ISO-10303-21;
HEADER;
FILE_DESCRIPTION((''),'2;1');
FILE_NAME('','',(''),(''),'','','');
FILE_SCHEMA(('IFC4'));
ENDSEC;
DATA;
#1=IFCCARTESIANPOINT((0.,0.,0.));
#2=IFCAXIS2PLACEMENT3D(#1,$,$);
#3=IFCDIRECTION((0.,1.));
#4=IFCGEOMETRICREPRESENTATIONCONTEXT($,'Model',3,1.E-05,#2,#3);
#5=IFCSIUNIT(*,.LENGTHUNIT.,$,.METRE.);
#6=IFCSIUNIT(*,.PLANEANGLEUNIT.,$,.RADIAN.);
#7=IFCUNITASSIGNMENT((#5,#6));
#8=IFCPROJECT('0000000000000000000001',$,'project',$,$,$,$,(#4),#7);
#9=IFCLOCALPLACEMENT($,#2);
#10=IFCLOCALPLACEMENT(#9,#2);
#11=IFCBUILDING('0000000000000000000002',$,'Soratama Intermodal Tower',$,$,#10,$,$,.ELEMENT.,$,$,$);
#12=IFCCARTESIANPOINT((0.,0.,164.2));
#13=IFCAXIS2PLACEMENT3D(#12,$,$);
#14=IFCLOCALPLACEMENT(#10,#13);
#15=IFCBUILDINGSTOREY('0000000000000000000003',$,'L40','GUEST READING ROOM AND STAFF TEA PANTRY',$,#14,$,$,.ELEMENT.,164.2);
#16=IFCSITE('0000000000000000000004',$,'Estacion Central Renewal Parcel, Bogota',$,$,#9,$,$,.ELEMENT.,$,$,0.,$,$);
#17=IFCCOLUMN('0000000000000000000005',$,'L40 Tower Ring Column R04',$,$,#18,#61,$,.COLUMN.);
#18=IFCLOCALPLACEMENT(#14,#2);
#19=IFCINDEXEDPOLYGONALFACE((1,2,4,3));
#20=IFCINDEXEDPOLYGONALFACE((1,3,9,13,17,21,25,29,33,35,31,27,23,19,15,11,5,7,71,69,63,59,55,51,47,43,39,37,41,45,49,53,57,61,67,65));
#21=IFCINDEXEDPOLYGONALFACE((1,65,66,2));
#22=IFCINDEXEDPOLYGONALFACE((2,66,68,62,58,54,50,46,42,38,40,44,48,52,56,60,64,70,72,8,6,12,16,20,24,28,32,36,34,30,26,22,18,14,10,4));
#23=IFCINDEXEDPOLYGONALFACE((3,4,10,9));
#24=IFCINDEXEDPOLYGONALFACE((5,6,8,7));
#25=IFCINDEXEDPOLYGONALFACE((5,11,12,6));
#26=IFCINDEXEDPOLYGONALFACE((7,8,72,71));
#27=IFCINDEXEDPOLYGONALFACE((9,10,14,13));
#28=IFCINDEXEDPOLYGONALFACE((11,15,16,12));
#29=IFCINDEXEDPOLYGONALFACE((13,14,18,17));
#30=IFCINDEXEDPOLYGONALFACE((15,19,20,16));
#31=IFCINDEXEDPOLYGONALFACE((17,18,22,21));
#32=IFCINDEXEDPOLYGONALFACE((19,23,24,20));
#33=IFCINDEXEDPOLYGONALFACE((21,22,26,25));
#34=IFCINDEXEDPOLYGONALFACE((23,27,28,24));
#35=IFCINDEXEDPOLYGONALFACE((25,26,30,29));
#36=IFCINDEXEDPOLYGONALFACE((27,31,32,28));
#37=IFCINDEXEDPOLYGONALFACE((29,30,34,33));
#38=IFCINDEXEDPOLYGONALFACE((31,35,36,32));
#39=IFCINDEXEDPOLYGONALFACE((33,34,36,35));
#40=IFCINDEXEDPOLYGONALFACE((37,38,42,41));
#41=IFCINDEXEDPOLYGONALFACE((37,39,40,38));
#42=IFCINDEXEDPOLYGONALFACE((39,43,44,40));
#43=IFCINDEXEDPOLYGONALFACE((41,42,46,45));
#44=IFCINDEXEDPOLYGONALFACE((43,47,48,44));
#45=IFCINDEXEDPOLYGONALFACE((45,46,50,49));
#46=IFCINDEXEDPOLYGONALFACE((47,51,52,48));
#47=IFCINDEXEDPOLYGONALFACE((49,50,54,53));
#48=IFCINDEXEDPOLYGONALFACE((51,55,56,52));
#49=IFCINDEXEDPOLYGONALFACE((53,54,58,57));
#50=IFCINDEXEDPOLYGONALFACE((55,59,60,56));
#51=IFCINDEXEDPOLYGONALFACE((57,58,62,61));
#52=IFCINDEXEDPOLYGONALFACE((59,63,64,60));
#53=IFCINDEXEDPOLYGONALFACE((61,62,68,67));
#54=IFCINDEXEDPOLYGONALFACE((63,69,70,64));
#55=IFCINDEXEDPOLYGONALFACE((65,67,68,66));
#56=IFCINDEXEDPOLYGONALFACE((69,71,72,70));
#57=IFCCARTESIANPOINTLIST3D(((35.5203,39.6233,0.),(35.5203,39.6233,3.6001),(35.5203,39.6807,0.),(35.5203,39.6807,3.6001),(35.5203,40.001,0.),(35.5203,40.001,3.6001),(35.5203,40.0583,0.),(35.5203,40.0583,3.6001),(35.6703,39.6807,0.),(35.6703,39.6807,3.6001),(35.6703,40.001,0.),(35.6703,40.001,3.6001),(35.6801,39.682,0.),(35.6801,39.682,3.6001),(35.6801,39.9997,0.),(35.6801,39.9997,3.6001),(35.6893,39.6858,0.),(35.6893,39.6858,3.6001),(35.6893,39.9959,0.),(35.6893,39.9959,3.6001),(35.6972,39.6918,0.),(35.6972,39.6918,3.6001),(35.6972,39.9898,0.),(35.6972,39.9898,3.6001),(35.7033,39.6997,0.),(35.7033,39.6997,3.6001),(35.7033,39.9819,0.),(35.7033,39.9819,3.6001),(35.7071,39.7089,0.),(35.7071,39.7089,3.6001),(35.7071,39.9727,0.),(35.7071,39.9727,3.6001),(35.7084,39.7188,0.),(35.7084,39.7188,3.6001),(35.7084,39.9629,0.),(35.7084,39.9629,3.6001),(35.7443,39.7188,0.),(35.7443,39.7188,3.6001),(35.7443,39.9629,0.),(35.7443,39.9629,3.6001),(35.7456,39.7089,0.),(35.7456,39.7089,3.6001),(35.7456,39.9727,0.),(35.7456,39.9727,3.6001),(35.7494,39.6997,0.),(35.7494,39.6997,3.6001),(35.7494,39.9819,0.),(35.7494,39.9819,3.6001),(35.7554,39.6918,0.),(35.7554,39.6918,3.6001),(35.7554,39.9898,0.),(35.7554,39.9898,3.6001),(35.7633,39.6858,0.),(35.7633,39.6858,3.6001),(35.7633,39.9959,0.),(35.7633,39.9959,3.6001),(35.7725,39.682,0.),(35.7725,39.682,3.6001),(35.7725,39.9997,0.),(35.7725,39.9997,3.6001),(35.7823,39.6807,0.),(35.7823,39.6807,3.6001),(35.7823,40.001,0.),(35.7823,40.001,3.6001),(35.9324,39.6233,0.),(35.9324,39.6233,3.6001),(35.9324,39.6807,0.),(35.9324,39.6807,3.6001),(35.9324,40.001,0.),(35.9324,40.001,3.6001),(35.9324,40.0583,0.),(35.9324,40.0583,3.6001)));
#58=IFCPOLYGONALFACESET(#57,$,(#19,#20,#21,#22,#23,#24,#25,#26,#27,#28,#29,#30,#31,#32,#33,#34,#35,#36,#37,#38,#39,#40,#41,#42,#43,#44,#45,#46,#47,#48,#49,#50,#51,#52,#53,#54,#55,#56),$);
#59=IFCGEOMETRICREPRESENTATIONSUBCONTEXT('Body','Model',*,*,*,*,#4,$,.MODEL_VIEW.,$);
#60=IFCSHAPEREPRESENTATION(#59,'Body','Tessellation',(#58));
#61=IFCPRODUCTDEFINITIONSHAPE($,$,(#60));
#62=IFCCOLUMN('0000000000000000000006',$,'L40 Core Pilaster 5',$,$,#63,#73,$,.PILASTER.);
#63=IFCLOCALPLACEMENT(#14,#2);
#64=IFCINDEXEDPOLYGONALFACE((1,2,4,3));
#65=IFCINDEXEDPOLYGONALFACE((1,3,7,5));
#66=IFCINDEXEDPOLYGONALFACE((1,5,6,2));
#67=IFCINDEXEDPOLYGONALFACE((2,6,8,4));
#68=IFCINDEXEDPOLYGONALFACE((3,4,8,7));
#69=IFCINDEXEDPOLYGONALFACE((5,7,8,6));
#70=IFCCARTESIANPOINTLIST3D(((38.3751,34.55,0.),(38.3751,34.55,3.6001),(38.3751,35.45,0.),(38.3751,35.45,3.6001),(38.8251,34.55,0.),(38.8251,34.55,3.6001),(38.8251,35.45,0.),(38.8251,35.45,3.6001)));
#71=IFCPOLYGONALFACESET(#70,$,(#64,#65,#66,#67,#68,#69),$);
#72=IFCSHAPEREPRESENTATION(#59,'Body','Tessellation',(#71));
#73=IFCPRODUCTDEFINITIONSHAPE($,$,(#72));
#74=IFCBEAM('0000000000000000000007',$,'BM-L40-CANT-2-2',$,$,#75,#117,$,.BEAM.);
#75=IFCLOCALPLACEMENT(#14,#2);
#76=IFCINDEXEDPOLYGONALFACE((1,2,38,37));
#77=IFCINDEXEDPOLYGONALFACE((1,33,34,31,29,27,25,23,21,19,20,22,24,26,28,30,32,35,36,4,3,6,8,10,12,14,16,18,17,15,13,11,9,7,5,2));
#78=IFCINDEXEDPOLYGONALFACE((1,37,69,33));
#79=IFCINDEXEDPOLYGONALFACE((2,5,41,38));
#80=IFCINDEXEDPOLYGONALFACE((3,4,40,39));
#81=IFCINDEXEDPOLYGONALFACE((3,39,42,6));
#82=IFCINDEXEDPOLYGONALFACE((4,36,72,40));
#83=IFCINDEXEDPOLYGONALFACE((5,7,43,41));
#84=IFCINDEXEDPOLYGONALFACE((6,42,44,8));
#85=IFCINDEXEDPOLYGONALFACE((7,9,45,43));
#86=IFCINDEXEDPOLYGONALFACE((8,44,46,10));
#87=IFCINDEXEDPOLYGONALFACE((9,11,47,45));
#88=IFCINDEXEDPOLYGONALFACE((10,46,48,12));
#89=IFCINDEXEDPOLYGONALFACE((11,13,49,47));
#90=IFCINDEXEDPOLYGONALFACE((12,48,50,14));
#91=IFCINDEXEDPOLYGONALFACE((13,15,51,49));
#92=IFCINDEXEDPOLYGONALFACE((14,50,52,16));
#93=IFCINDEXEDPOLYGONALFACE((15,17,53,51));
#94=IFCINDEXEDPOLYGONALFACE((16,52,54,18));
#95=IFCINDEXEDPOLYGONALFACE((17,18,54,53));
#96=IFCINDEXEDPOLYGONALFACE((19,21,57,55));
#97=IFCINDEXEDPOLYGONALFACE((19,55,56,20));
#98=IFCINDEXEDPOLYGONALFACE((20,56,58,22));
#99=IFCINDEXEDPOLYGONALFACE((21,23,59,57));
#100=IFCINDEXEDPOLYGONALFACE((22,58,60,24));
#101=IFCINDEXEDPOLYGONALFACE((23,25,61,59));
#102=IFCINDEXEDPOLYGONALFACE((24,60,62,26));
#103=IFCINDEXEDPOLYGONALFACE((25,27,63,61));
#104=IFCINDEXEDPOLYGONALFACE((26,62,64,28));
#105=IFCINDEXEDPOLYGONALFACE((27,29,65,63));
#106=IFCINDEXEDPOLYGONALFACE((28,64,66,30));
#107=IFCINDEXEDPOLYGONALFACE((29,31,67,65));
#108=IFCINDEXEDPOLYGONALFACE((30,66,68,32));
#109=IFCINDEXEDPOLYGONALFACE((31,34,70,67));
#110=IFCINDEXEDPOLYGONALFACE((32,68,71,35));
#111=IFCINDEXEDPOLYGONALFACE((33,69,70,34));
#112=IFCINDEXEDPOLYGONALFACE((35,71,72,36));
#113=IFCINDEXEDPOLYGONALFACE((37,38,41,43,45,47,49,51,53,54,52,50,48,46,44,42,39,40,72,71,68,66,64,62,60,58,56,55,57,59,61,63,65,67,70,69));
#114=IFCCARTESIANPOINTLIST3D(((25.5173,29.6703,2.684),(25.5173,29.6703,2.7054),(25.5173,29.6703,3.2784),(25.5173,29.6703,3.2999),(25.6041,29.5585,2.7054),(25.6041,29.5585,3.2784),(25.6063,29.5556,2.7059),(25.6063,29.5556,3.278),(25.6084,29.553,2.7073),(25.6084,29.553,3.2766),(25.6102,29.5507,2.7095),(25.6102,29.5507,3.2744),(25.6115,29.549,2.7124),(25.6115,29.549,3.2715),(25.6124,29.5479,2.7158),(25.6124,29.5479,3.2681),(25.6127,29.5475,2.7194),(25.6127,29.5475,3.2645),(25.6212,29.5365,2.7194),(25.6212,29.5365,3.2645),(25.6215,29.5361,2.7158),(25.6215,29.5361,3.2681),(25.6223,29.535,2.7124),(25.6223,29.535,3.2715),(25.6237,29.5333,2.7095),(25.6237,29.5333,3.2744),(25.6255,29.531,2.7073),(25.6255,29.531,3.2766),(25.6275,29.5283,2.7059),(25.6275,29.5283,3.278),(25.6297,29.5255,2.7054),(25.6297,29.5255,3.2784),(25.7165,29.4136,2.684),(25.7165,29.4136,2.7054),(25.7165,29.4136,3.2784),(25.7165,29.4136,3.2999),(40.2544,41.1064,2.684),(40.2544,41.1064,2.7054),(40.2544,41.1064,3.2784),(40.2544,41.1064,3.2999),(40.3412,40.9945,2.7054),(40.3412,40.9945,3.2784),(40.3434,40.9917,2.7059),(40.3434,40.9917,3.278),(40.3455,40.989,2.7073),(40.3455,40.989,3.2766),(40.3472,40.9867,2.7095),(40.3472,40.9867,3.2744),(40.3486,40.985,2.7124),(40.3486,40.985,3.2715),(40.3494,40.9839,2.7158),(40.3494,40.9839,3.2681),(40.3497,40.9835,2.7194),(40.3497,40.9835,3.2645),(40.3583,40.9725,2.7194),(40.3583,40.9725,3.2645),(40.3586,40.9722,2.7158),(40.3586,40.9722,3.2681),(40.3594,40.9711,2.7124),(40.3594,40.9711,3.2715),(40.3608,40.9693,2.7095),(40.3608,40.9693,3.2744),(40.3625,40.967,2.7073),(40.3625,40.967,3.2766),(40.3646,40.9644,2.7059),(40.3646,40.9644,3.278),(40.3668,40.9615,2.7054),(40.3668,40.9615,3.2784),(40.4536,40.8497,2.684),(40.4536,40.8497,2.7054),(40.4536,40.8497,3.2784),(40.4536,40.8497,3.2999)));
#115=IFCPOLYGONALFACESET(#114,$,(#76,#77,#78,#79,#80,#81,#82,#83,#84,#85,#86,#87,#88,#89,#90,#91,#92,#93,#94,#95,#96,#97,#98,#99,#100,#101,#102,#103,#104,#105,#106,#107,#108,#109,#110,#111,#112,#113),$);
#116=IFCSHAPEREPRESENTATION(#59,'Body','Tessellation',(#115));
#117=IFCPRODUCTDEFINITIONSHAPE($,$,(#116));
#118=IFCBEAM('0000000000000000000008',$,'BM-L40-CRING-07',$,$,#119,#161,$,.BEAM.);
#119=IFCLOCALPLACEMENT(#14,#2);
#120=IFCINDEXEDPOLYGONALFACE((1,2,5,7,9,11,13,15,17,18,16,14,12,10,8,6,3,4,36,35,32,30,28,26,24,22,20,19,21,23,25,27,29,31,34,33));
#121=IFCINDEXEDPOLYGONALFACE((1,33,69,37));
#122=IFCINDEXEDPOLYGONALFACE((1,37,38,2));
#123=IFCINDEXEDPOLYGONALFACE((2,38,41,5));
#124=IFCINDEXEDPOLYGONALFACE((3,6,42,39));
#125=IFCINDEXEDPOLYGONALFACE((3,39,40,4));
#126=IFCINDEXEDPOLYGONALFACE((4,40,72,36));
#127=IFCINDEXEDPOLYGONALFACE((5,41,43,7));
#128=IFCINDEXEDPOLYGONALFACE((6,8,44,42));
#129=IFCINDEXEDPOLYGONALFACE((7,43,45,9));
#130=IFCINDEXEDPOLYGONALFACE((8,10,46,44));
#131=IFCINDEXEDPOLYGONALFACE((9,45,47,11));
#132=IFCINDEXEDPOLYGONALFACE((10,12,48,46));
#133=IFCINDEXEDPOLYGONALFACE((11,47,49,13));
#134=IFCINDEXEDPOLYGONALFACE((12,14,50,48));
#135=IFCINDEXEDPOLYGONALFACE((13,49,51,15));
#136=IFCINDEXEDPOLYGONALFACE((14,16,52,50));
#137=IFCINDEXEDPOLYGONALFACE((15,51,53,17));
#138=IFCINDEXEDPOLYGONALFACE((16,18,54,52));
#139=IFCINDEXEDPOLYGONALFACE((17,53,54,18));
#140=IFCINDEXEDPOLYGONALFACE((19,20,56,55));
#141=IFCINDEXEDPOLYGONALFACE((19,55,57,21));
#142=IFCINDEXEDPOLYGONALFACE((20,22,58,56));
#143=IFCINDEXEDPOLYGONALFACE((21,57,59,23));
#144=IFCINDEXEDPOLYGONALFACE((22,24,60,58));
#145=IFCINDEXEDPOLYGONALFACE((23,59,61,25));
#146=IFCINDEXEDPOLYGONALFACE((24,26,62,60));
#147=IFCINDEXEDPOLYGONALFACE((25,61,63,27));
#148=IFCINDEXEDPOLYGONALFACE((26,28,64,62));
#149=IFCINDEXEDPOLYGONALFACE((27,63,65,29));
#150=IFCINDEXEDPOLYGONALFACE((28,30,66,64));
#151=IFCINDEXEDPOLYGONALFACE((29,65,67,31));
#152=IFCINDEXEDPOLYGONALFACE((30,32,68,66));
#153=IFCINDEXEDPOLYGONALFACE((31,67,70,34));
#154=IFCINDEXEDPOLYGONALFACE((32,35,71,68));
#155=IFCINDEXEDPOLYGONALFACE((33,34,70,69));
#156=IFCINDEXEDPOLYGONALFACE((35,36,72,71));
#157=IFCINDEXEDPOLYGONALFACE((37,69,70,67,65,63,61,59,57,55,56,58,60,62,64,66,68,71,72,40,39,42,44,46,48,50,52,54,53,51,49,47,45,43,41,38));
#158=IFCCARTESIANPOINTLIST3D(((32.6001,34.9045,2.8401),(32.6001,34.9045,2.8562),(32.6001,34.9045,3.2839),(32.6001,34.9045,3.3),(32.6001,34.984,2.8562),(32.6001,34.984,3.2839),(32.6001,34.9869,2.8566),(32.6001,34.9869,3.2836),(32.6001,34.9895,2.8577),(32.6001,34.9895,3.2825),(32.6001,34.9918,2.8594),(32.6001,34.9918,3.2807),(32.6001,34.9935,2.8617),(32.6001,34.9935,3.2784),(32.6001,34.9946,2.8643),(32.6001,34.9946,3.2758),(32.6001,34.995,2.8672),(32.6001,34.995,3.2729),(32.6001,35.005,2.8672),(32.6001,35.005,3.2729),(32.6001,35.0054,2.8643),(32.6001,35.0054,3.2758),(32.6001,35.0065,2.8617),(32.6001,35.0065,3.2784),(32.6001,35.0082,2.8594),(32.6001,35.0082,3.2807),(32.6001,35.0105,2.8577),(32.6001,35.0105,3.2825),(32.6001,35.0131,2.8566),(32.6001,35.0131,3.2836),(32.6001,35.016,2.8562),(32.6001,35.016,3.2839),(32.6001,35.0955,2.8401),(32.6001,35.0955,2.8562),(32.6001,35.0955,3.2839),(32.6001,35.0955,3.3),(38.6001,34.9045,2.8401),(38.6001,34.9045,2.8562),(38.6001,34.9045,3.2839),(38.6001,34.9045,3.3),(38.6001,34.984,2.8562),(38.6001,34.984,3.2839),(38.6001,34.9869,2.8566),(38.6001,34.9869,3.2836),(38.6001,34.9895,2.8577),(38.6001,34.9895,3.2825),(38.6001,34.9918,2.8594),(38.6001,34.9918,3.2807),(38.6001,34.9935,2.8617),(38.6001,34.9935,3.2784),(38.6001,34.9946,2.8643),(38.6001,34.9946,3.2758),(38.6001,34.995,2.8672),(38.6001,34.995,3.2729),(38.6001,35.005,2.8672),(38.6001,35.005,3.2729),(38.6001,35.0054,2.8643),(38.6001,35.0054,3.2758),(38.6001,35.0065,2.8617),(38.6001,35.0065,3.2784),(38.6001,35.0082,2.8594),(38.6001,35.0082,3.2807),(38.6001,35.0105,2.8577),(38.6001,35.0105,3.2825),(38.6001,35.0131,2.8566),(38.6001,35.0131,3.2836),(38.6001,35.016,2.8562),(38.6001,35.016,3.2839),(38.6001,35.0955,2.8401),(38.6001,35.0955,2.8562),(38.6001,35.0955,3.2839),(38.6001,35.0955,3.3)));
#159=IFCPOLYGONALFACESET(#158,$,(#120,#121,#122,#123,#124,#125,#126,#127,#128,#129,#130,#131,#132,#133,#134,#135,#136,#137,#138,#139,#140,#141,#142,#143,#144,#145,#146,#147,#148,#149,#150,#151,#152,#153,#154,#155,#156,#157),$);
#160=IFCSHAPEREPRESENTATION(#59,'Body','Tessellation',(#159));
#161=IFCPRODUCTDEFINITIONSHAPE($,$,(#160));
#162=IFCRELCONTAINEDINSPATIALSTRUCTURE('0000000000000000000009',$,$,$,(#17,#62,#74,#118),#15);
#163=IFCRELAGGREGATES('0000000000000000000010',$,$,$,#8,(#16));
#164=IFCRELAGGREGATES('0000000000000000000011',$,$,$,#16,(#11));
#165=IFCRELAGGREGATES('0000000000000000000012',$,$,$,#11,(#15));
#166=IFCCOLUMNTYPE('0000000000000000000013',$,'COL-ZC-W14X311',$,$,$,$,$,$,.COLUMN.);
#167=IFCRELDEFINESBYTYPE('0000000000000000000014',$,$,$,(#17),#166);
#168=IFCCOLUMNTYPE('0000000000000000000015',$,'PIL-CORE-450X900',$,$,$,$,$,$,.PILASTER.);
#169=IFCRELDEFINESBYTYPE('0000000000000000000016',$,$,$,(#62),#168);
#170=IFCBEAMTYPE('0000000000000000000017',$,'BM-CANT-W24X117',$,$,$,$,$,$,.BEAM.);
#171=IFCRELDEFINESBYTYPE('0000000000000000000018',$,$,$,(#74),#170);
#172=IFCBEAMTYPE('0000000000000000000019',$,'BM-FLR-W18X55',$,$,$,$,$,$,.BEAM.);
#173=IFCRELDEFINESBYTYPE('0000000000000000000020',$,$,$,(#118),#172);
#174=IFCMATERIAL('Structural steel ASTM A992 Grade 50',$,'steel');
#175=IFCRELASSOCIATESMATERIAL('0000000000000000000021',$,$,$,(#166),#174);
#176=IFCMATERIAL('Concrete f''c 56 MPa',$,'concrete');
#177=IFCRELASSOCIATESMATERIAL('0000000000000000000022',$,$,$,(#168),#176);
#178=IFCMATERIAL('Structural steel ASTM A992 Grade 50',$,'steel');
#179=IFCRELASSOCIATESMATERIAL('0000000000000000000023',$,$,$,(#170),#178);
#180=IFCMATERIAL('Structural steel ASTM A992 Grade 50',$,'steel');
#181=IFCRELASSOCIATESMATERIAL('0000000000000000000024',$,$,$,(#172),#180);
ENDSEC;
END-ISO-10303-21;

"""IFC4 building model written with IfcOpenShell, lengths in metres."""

from ifc_helpers import new_model, si_unit, direction, frame, origin, origin_2d, place, context, subcontext, project, spatial, rectangle, i_section, extrude, material, material_profile, profile_set, type_object, element, save


model = new_model("IFC4")

# Units and contexts
model_context = context("Model", 3, precision=1e-05, world=origin(), true_north=direction((0.0, 1.0)))
body_context = subcontext(model_context, "Body", "Model", "MODEL_VIEW")
ifc_project = project(units=[si_unit("LENGTHUNIT", "METRE"), si_unit("PLANEANGLEUNIT", "RADIAN")], contexts=[model_context])

# Site, building, storey
site_placement = place(None, origin())
site = spatial("IfcSite", under=ifc_project, at=site_placement, Name="Estacion Central Renewal Parcel, Bogota", CompositionType="ELEMENT", RefElevation=0.0)
building_placement = place(site_placement, origin())
building = spatial("IfcBuilding", under=site, at=building_placement, Name="Soratama Intermodal Tower", CompositionType="ELEMENT")
storey_placement = place(building_placement, frame((0.0, 0.0, 164.2)))
storey = spatial("IfcBuildingStorey", under=building, at=storey_placement, Name="L40", Description="GUEST READING ROOM AND STAFF TEA PANTRY", CompositionType="ELEMENT", Elevation=164.2)

# Columns
ifc_material_1 = material(Name="Structural steel ASTM A992 Grade 50", Category="steel")
ifc_material_profile_1 = material_profile(ifc_material_1, i_section(OverallWidth=0.4121, OverallDepth=0.4351, WebThickness=0.0359, FlangeThickness=0.0574, FilletRadius=0.0381, at=origin_2d()), Name="W14X311")
ifc_profile_set_1 = profile_set([ifc_material_profile_1], Name="Structural steel ASTM A992 Grade 50")
column_type_1 = type_object("IfcColumnType", Name="COL-ZC-W14X311", PredefinedType="COLUMN", material=ifc_profile_set_1)
column_1_placement = place(storey_placement, frame((35.7263, 39.8408, 0.0), z_axis=(0.0, 0.0, 1.0), x_axis=(1.0, 0.0, 0.0)))
element("IfcColumn", 1, at=column_1_placement, inside=storey, type_object=column_type_1, Name="L40 Tower Ring Column R04", PredefinedType="COLUMN", context=body_context, shape_type="SweptSolid", body=[
    extrude(i_section(OverallWidth=0.4121, OverallDepth=0.4351, WebThickness=0.0359, FlangeThickness=0.0574, FilletRadius=0.0381, at=origin_2d()), origin(), (0.0, 0.0, 1.0), 3.6001),
])
ifc_material_2 = material(Name="Concrete f'c 56 MPa", Category="concrete")
ifc_material_profile_2 = material_profile(ifc_material_2, rectangle(XDim=0.45, YDim=0.8999, at=origin_2d()), Name="RC450X900")
ifc_profile_set_2 = profile_set([ifc_material_profile_2], Name="Concrete f'c 56 MPa")
column_type_2 = type_object("IfcColumnType", Name="PIL-CORE-450X900", PredefinedType="PILASTER", material=ifc_profile_set_2)
column_2_placement = place(storey_placement, frame((38.6001, 35.0, 0.0), z_axis=(0.0, 0.0, 1.0), x_axis=(1.0, 0.0, 0.0)))
element("IfcColumn", 2, at=column_2_placement, inside=storey, type_object=column_type_2, Name="L40 Core Pilaster 5", PredefinedType="PILASTER", context=body_context, shape_type="SweptSolid", body=[
    extrude(rectangle(XDim=0.45, YDim=0.8999, at=origin_2d()), origin(), (0.0, 0.0, 1.0), 3.6001),
])

# Beams
ifc_material_3 = material(Name="Structural steel ASTM A992 Grade 50", Category="steel")
ifc_material_profile_3 = material_profile(ifc_material_3, i_section(OverallWidth=0.325, OverallDepth=0.616, WebThickness=0.0139, FlangeThickness=0.0215, FilletRadius=0.0139, at=origin_2d()), Name="W24X117")
ifc_profile_set_3 = profile_set([ifc_material_profile_3], Name="Structural steel ASTM A992 Grade 50")
beam_type_1 = type_object("IfcBeamType", Name="BM-CANT-W24X117", PredefinedType="BEAM", material=ifc_profile_set_3)
beam_1_placement = place(storey_placement, frame((40.354, 40.978, 2.9919), z_axis=(-0.79003, -0.613068, 0.0), x_axis=(0.613068, -0.79003, 0.0)))
element("IfcBeam", 3, at=beam_1_placement, inside=storey, type_object=beam_type_1, Name="BM-L40-CANT-2-2", PredefinedType="BEAM", context=body_context, shape_type="SweptSolid", body=[
    extrude(i_section(OverallWidth=0.325, OverallDepth=0.616, WebThickness=0.0139, FlangeThickness=0.0215, FilletRadius=0.0139, at=origin_2d()), origin(), (0.0, 0.0, 1.0), 18.6538),
])
ifc_material_4 = material(Name="Structural steel ASTM A992 Grade 50", Category="steel")
ifc_material_profile_4 = material_profile(ifc_material_4, i_section(OverallWidth=0.1909, OverallDepth=0.46, WebThickness=0.01, FlangeThickness=0.0161, FilletRadius=0.011, at=origin_2d()), Name="W18X55")
ifc_profile_set_4 = profile_set([ifc_material_profile_4], Name="Structural steel ASTM A992 Grade 50")
beam_type_2 = type_object("IfcBeamType", Name="BM-FLR-W18X55", PredefinedType="BEAM", material=ifc_profile_set_4)
beam_2_placement = place(storey_placement, frame((38.6001, 35.0, 3.0701), z_axis=(-1.0, 0.0, 0.0), x_axis=(0.0, -1.0, 0.0)))
element("IfcBeam", 4, at=beam_2_placement, inside=storey, type_object=beam_type_2, Name="BM-L40-CRING-07", PredefinedType="BEAM", context=body_context, shape_type="SweptSolid", body=[
    extrude(i_section(OverallWidth=0.1909, OverallDepth=0.46, WebThickness=0.01, FlangeThickness=0.0161, FilletRadius=0.011, at=origin_2d()), origin(), (0.0, 0.0, 1.0), 6.0),
])

save(model, "model.ifc")
